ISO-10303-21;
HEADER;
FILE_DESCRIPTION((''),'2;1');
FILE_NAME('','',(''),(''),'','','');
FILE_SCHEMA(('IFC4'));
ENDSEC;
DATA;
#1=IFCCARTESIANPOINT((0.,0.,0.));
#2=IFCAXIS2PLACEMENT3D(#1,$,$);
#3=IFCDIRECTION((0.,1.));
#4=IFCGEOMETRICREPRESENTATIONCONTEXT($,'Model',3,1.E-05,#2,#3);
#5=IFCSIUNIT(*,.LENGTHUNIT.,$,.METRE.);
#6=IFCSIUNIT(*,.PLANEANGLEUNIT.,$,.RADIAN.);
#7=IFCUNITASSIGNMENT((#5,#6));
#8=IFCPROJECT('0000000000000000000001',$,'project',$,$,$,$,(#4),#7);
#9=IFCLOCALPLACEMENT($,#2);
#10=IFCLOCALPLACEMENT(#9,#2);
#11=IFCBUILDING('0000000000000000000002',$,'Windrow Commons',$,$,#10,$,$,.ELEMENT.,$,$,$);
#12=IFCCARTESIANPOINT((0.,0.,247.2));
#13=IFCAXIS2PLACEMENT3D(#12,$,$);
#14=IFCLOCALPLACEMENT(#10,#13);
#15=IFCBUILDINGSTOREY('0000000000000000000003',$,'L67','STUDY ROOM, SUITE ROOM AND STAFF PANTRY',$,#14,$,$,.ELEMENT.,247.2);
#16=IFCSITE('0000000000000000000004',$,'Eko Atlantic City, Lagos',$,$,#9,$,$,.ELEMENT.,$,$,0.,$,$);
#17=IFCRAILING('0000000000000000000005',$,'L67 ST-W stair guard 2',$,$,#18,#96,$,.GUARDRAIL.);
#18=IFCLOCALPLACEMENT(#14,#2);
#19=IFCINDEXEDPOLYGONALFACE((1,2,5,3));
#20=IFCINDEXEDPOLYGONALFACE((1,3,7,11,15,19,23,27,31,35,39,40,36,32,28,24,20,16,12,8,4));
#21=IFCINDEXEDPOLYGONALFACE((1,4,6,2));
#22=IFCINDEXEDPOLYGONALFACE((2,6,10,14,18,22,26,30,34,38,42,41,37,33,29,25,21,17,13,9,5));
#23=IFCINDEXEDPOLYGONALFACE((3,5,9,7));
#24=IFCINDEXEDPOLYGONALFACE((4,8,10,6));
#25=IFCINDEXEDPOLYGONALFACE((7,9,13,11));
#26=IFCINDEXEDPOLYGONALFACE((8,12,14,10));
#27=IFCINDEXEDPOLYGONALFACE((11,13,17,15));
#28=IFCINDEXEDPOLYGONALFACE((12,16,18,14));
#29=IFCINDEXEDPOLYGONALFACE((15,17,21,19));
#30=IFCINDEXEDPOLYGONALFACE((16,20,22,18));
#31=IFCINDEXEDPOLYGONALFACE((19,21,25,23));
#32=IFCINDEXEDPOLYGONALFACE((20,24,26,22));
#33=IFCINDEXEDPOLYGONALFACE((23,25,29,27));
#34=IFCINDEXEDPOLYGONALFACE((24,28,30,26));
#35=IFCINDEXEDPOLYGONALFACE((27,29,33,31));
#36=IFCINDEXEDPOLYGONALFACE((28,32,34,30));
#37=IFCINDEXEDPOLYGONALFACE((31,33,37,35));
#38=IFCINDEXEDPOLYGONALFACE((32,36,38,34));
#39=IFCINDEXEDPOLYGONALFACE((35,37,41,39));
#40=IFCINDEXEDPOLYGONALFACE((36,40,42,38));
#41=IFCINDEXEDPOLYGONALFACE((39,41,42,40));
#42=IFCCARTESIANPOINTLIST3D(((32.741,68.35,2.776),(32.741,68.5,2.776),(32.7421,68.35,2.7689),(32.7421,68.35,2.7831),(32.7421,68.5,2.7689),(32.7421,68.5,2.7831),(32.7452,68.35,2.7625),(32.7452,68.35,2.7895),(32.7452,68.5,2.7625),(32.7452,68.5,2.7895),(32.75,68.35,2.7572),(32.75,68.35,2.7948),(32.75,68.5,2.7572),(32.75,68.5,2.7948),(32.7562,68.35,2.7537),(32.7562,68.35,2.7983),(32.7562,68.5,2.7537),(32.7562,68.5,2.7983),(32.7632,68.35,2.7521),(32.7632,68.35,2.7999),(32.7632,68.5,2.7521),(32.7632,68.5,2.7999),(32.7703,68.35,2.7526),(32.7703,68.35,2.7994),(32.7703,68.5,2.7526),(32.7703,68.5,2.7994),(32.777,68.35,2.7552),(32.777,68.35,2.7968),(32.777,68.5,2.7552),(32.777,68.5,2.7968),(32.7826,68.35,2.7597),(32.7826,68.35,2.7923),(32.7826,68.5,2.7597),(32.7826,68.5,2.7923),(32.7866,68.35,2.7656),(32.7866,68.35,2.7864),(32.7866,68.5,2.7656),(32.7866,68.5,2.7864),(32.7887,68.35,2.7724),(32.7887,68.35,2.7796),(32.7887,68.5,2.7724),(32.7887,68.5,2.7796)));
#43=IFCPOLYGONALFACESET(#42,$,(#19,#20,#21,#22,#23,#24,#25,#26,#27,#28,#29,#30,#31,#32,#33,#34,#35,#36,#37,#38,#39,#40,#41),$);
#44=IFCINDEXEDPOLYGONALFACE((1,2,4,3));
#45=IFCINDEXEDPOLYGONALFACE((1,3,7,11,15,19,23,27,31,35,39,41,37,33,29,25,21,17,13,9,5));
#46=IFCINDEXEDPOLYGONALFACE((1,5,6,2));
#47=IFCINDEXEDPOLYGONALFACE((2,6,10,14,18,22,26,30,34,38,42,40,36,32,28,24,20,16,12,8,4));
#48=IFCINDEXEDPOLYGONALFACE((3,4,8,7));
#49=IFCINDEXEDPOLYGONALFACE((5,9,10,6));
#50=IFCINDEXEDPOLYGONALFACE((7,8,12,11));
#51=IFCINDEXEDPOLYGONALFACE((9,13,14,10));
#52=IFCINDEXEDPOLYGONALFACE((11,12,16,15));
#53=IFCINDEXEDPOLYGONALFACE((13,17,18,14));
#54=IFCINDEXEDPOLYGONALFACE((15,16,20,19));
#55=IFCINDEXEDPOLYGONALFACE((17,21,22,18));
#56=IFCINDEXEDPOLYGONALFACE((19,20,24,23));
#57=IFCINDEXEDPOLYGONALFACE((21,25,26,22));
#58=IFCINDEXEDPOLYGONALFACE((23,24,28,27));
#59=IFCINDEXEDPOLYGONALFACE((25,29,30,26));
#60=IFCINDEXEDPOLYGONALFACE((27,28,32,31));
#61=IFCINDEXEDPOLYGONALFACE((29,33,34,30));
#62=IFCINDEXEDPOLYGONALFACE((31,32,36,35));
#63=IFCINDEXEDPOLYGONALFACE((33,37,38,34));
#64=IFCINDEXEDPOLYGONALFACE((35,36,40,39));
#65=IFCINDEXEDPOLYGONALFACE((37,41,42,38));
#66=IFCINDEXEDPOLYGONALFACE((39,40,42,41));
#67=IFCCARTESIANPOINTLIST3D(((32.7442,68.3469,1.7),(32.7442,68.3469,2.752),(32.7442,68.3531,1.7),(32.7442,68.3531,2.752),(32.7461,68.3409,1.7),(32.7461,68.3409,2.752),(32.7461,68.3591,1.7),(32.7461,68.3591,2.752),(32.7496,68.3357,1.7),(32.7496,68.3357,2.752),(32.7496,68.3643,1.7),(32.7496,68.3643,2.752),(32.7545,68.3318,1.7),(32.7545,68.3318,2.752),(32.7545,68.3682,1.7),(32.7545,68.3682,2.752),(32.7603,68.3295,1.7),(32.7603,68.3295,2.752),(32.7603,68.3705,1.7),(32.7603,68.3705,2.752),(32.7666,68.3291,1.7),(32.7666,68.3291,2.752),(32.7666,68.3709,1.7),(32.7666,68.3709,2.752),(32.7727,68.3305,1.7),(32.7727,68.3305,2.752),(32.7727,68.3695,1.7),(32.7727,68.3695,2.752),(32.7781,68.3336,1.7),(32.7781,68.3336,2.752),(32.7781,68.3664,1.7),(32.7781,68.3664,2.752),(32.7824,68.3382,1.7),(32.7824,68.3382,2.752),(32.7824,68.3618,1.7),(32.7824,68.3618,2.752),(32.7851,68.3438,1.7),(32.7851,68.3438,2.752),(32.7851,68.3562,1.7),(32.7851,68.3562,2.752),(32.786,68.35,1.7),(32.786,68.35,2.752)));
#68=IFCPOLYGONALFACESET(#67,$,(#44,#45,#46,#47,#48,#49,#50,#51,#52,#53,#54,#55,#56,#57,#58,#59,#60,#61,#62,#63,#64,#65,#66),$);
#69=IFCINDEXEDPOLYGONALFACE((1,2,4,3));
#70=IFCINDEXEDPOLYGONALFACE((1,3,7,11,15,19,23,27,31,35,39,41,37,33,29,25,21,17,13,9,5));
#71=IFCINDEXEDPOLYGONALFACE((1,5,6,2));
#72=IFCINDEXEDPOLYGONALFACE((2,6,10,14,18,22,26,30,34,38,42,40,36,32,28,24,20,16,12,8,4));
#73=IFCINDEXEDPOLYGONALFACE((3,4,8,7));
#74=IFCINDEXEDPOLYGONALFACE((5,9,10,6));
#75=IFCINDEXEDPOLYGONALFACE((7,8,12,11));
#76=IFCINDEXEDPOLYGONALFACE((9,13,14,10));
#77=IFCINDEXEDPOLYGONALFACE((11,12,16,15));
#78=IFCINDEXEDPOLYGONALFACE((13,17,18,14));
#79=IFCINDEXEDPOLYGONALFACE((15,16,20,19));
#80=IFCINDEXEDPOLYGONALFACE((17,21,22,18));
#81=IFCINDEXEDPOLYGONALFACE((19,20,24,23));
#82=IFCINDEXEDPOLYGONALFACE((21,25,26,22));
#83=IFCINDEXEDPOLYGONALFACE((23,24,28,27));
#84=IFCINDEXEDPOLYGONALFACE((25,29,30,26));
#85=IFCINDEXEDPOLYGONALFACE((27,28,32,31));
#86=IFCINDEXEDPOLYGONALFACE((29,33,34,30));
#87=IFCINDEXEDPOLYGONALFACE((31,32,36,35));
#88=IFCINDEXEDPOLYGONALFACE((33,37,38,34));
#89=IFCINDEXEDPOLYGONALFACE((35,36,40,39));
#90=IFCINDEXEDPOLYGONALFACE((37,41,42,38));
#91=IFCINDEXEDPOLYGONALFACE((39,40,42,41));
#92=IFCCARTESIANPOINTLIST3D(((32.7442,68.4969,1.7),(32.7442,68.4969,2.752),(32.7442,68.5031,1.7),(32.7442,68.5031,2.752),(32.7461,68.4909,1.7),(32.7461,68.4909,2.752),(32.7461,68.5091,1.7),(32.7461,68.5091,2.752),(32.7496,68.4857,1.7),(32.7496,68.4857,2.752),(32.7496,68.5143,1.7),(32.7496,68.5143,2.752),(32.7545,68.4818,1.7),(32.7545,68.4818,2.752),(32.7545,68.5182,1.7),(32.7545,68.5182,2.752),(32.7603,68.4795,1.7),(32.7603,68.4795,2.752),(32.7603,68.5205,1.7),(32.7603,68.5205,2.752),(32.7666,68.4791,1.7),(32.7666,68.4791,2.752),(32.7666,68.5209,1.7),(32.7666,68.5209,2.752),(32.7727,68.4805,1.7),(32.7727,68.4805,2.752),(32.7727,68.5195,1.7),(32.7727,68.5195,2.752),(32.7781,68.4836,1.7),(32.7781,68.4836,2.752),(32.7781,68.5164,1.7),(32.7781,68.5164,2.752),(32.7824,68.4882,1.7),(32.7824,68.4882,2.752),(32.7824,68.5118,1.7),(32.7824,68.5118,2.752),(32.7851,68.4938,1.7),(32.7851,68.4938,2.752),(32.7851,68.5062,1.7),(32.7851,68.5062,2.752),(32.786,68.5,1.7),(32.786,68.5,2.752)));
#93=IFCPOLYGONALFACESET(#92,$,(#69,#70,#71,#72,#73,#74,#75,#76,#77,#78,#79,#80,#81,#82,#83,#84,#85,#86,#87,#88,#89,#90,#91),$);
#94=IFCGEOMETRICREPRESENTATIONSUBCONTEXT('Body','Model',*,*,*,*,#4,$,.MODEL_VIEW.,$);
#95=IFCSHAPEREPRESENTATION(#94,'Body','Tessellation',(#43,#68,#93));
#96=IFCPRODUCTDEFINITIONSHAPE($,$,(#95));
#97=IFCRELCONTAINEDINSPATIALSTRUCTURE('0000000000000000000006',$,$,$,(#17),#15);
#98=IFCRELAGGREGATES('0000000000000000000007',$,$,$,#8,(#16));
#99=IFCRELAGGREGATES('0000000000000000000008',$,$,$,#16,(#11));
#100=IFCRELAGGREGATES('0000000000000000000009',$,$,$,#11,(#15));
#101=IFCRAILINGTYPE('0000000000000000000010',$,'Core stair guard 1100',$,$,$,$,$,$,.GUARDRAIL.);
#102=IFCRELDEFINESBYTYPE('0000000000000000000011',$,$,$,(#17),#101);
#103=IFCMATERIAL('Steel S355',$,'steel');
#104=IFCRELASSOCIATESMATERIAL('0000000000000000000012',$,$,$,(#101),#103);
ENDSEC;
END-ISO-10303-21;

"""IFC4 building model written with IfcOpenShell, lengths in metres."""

from ifc_helpers import new_model, si_unit, direction, frame, origin, origin_2d, place, context, subcontext, project, spatial, circle, extrude, material, type_object, element, save


model = new_model("IFC4")

# Units and contexts
model_context = context("Model", 3, precision=1e-05, world=origin(), true_north=direction((0.0, 1.0)))
body_context = subcontext(model_context, "Body", "Model", "MODEL_VIEW")
ifc_project = project(units=[si_unit("LENGTHUNIT", "METRE"), si_unit("PLANEANGLEUNIT", "RADIAN")], contexts=[model_context])

# Site, building, storey
site_placement = place(None, origin())
site = spatial("IfcSite", under=ifc_project, at=site_placement, Name="Eko Atlantic City, Lagos", CompositionType="ELEMENT", RefElevation=0.0)
building_placement = place(site_placement, origin())
building = spatial("IfcBuilding", under=site, at=building_placement, Name="Windrow Commons", CompositionType="ELEMENT")
storey_placement = place(building_placement, frame((0.0, 0.0, 247.2)))
storey = spatial("IfcBuildingStorey", under=building, at=storey_placement, Name="L67", Description="STUDY ROOM, SUITE ROOM AND STAFF PANTRY", CompositionType="ELEMENT", Elevation=247.2)

# Railing
ifc_material_1 = material(Name="Steel S355", Category="steel")
railing_type_1 = type_object("IfcRailingType", Name="Core stair guard 1100", PredefinedType="GUARDRAIL", material=ifc_material_1)
railing_1_placement = place(storey_placement, frame((32.765, 68.35, 1.7)))
element("IfcRailing", 1, at=railing_1_placement, inside=storey, type_object=railing_type_1, Name="L67 ST-W stair guard 2", PredefinedType="GUARDRAIL", context=body_context, shape_type="SweptSolid", body=[
    extrude(circle(Radius=0.024, at=origin_2d()), frame((0.0, 0.0, 1.076), z_axis=(0.0, 1.0, 0.0), x_axis=(-1.0, 0.0, 0.0)), (0.0, 0.0, 1.0), 0.15),
    extrude(circle(Radius=0.021, at=origin_2d()), origin(), (0.0, 0.0, 1.0), 1.052),
    extrude(circle(Radius=0.021, at=origin_2d()), frame((0.0, 0.15, 0.0)), (0.0, 0.0, 1.0), 1.052),
])

save(model, "model.ifc")
